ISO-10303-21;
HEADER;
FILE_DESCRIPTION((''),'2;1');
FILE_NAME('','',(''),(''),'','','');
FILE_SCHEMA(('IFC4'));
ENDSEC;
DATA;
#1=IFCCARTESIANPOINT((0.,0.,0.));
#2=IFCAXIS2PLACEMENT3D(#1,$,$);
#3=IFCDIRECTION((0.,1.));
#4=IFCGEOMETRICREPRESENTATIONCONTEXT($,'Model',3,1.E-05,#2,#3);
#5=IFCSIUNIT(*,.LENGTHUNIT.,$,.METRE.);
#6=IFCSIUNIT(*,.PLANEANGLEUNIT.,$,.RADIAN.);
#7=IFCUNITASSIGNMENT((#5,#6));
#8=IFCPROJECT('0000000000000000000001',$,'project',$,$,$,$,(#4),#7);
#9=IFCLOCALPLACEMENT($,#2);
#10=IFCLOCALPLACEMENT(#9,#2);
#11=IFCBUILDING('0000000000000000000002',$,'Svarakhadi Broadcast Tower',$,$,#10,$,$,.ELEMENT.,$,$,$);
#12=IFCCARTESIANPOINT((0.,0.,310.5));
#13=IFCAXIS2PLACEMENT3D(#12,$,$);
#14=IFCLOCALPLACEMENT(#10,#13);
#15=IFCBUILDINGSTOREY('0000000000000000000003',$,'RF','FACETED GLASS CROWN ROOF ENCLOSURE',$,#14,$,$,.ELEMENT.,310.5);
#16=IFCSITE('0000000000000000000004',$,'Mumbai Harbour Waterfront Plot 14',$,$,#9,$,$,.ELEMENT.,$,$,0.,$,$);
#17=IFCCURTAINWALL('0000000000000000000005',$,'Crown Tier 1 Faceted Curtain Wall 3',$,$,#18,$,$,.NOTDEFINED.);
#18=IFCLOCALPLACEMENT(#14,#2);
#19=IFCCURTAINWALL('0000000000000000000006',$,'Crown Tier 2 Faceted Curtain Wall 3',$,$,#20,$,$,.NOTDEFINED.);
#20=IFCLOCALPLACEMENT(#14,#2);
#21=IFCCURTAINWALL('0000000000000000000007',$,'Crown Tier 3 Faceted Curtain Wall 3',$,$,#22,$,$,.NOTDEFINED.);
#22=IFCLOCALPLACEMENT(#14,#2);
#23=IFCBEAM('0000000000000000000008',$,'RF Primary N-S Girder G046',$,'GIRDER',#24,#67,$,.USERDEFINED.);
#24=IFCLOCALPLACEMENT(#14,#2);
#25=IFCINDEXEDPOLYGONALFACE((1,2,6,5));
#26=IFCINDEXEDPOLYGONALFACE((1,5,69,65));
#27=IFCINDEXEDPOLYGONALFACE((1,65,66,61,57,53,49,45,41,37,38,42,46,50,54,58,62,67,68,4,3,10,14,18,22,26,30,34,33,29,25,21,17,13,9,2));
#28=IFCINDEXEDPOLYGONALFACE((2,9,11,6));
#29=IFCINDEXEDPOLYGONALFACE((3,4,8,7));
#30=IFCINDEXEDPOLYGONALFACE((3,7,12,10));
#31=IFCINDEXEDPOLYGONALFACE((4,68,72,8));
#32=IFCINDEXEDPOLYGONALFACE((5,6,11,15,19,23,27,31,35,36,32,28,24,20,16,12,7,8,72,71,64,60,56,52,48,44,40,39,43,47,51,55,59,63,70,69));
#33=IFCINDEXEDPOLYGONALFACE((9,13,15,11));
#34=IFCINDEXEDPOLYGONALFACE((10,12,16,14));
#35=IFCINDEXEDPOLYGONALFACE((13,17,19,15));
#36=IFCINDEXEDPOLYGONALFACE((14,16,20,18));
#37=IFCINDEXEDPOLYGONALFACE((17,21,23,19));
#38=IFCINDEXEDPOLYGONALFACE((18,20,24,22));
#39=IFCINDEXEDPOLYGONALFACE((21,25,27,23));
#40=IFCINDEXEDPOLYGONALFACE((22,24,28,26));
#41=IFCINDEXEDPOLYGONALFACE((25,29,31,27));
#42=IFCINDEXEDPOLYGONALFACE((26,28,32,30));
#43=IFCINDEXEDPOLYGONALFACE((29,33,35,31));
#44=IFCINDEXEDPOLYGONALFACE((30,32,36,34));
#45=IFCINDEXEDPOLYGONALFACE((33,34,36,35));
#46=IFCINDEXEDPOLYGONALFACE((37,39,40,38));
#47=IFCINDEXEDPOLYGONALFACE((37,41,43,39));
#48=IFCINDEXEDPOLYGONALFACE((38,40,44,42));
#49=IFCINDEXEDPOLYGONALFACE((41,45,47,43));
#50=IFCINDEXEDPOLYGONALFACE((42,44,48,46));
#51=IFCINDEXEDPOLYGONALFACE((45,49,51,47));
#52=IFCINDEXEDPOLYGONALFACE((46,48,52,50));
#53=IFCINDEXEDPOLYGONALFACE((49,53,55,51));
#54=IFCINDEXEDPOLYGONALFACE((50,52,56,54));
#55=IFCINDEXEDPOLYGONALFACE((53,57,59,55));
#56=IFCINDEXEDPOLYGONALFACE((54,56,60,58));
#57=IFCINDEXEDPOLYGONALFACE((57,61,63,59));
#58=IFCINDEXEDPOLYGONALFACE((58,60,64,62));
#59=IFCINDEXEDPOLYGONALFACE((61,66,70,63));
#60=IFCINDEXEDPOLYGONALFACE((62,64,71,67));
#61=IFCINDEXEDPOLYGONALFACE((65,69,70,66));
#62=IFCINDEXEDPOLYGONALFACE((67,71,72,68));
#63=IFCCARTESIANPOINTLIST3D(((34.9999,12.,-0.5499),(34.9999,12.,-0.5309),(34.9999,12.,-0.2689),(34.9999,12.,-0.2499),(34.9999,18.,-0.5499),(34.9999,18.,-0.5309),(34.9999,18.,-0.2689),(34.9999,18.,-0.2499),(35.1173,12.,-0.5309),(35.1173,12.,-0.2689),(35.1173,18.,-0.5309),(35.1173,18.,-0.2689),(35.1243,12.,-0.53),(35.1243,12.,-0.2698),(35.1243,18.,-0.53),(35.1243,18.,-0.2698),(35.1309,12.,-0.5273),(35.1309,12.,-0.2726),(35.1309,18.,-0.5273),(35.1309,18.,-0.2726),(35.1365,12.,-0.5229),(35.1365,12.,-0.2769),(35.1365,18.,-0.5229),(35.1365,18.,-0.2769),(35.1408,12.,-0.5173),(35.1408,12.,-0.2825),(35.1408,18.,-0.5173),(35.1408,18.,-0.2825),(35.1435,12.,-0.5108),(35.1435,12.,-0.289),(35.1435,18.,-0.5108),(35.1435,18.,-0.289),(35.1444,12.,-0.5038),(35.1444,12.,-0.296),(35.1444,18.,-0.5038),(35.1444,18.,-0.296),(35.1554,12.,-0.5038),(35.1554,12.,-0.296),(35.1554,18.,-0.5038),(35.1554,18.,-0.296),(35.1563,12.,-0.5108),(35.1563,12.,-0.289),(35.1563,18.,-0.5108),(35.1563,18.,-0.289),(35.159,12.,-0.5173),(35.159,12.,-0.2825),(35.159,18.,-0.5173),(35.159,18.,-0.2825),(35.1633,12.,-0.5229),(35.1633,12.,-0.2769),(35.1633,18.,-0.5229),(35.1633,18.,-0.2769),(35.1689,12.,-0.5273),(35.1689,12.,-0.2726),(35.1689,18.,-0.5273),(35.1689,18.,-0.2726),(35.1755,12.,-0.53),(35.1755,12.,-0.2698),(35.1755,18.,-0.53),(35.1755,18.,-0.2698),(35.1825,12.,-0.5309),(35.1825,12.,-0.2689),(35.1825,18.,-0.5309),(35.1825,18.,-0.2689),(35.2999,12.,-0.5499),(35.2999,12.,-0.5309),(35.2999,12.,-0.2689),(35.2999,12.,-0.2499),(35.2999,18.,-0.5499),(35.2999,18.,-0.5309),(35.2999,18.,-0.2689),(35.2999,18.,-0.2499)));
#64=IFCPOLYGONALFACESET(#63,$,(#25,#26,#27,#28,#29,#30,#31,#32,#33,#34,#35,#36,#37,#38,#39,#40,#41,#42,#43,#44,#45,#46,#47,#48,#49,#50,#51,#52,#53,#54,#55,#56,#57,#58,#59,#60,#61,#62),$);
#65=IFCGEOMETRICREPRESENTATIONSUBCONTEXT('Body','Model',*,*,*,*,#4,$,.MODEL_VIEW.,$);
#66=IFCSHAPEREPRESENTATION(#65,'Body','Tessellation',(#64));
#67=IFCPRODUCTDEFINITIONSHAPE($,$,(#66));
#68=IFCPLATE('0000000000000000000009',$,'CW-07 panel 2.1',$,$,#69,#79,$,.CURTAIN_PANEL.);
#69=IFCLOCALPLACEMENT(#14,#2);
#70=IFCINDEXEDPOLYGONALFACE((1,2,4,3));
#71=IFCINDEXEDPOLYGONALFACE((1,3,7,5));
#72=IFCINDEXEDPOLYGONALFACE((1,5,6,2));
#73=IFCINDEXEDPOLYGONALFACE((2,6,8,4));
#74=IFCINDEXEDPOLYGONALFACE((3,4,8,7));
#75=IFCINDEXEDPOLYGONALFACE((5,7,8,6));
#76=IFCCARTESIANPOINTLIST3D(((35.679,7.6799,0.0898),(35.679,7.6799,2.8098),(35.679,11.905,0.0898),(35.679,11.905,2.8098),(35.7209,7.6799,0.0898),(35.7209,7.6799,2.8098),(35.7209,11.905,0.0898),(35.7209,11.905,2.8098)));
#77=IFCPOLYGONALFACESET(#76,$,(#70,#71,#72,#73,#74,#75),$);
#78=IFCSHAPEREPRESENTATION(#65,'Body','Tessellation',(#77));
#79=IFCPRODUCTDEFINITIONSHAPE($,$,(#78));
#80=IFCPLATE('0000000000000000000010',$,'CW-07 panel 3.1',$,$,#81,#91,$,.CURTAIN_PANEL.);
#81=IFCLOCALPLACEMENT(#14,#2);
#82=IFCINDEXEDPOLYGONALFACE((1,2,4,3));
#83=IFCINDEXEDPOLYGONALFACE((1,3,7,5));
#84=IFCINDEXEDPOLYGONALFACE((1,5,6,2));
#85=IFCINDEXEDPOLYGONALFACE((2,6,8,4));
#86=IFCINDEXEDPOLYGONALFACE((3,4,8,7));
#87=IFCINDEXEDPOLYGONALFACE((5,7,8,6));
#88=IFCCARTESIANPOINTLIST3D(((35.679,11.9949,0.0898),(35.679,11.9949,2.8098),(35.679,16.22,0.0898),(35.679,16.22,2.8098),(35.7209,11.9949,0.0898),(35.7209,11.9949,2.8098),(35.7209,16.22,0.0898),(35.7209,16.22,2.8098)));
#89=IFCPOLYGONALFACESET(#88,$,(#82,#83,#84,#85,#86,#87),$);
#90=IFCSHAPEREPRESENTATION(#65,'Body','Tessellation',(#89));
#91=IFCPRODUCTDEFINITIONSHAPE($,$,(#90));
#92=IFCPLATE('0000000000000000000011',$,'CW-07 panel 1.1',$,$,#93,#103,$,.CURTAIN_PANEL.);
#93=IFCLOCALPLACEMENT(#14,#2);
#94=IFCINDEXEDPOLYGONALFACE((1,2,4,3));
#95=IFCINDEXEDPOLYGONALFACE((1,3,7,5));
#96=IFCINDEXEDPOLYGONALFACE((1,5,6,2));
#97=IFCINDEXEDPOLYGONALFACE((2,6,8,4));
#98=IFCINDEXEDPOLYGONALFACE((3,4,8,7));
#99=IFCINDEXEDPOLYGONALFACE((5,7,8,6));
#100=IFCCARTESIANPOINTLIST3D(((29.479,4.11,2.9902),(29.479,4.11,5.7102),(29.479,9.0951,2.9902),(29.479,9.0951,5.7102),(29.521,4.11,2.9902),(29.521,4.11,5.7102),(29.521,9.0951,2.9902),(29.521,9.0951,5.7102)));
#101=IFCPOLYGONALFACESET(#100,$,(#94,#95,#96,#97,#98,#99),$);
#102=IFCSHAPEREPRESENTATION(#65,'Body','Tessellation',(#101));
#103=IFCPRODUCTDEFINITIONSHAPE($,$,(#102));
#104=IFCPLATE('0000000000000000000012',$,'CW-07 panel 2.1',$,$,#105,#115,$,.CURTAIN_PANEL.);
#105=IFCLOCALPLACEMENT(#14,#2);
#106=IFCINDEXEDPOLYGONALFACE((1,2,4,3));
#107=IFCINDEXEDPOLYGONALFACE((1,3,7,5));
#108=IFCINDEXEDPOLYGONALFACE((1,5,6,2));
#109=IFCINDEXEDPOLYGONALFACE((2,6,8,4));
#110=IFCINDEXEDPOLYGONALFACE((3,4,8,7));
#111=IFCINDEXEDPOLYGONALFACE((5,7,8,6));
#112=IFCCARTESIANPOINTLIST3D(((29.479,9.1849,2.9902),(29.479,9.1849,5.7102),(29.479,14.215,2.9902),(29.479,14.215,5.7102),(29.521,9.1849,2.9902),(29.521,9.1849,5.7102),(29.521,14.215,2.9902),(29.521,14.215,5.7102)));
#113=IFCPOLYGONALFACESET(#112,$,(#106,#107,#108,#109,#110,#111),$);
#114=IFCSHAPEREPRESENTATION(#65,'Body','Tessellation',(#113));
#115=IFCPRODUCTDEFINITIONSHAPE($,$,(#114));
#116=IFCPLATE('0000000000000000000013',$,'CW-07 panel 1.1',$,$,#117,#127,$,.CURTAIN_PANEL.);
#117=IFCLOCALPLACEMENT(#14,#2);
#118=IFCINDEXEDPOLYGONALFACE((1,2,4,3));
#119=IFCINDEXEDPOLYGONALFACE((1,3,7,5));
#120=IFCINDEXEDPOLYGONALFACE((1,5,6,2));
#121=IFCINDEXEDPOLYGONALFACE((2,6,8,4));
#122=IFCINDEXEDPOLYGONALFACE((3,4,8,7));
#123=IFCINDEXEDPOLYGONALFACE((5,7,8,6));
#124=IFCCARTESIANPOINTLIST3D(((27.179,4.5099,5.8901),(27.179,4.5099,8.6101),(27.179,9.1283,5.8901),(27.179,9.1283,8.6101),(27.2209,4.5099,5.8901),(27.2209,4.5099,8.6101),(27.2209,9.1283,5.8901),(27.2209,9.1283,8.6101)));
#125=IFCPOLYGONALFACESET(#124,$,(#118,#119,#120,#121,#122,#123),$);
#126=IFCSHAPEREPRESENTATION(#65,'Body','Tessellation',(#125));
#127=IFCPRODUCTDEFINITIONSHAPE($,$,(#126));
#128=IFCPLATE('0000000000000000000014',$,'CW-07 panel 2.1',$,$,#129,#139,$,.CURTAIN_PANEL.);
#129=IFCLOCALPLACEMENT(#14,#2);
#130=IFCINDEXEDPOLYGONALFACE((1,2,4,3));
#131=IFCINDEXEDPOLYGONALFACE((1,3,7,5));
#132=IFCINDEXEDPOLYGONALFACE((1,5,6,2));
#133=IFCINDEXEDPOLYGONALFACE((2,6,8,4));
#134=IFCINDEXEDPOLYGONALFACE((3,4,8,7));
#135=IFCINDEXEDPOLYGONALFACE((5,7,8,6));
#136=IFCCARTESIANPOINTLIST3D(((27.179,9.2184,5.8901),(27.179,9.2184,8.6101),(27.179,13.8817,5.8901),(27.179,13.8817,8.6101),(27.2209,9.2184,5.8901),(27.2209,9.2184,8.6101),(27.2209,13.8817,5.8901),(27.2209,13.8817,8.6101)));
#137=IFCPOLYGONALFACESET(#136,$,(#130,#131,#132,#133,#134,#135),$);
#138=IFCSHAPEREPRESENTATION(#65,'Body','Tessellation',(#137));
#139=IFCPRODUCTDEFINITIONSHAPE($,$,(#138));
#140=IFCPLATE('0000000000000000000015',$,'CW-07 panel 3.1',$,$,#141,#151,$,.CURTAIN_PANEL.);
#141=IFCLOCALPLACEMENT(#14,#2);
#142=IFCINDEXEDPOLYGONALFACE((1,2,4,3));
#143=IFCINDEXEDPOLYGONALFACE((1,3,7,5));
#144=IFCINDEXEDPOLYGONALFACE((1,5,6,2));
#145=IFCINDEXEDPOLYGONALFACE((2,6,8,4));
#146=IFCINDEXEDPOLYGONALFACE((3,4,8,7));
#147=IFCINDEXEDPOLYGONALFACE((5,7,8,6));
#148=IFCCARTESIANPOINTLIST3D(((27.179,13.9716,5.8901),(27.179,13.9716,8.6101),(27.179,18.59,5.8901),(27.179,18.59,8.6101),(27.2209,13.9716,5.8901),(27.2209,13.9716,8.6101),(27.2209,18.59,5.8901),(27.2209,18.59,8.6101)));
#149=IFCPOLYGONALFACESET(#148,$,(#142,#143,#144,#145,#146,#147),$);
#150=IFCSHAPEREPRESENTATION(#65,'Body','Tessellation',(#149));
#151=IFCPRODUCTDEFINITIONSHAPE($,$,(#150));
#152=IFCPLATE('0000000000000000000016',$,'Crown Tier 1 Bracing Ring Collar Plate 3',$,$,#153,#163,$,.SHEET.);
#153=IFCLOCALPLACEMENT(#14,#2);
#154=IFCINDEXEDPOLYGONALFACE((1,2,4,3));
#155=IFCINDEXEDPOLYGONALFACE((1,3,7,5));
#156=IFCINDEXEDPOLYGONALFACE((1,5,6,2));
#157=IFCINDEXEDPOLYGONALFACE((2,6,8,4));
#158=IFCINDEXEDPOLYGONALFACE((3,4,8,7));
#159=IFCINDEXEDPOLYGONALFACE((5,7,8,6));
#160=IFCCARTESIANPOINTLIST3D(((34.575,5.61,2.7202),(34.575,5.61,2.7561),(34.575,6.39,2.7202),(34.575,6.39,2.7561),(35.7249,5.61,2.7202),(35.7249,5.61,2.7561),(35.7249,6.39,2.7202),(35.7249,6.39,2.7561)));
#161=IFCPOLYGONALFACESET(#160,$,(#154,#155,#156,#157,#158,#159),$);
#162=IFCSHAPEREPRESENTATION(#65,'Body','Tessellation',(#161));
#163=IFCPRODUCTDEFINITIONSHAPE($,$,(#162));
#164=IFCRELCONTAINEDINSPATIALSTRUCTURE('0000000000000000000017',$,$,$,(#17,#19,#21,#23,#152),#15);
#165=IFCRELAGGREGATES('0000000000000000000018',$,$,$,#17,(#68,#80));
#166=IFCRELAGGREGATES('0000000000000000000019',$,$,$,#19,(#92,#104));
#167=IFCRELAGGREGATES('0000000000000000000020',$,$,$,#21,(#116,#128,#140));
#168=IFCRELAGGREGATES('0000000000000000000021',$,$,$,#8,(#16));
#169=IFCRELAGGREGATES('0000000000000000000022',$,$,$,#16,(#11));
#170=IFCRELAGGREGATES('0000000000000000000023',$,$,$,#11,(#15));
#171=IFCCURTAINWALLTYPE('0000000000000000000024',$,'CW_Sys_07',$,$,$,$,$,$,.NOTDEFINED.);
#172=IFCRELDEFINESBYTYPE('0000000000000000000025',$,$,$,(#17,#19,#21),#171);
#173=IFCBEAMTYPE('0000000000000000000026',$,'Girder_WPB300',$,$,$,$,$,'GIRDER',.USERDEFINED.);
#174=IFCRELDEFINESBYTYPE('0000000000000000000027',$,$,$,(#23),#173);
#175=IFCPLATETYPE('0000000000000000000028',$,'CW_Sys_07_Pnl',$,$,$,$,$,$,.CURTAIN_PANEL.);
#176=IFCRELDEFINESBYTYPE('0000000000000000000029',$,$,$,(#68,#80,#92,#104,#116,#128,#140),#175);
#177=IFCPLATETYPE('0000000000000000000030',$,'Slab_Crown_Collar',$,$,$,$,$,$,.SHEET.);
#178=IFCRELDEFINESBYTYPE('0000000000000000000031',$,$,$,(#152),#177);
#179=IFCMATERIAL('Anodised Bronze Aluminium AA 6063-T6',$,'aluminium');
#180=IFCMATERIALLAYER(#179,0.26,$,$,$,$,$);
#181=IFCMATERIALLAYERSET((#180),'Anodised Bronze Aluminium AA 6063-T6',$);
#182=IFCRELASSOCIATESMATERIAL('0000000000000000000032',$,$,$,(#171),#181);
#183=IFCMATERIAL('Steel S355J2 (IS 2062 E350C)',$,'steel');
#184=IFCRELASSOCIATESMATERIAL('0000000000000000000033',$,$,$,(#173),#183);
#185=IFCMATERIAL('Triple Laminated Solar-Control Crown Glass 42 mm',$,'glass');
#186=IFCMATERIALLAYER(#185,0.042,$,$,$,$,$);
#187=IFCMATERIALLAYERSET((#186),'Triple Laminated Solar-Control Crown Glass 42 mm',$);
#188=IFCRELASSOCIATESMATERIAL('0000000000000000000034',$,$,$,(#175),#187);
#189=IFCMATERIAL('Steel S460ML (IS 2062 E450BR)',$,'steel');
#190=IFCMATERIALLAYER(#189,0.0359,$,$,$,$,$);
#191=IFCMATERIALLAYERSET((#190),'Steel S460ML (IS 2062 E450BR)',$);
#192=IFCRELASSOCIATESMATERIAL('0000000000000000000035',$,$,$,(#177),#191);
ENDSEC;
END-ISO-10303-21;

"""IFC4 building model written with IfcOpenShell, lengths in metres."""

from ifc_helpers import new_model, si_unit, direction, frame, origin, origin_2d, place, context, subcontext, project, spatial, rectangle, i_section, extrude, material, layer, layer_set, material_profile, profile_set, type_object, element, aggregate, save


model = new_model("IFC4")

# Units and contexts
model_context = context("Model", 3, precision=1e-05, world=origin(), true_north=direction((0.0, 1.0)))
body_context = subcontext(model_context, "Body", "Model", "MODEL_VIEW")
ifc_project = project(units=[si_unit("LENGTHUNIT", "METRE"), si_unit("PLANEANGLEUNIT", "RADIAN")], contexts=[model_context])

# Site, building, storey
site_placement = place(None, origin())
site = spatial("IfcSite", under=ifc_project, at=site_placement, Name="Mumbai Harbour Waterfront Plot 14", CompositionType="ELEMENT", RefElevation=0.0)
building_placement = place(site_placement, origin())
building = spatial("IfcBuilding", under=site, at=building_placement, Name="Svarakhadi Broadcast Tower", CompositionType="ELEMENT")
storey_placement = place(building_placement, frame((0.0, 0.0, 310.5)))
storey = spatial("IfcBuildingStorey", under=building, at=storey_placement, Name="RF", Description="FACETED GLASS CROWN ROOF ENCLOSURE", CompositionType="ELEMENT", Elevation=310.5)

# Shared definitions
ifc_material_1 = material(Name="Steel S460ML (IS 2062 E450BR)", Category="steel")

# Curtain walls
ifc_material_2 = material(Name="Anodised Bronze Aluminium AA 6063-T6", Category="aluminium")
ifc_layer_1 = layer(ifc_material_2, 0.26)
ifc_layer_set_1 = layer_set([ifc_layer_1], Name="Anodised Bronze Aluminium AA 6063-T6")
curtain_wall_type = type_object("IfcCurtainWallType", Name="CW_Sys_07", PredefinedType="NOTDEFINED", material=ifc_layer_set_1)
curtain_wall_1_placement = place(storey_placement, origin())
curtain_wall_1 = element("IfcCurtainWall", 1, at=curtain_wall_1_placement, inside=storey, type_object=curtain_wall_type, Name="Crown Tier 1 Faceted Curtain Wall 3", PredefinedType="NOTDEFINED")
curtain_wall_2_placement = place(storey_placement, origin())
curtain_wall_2 = element("IfcCurtainWall", 2, at=curtain_wall_2_placement, inside=storey, type_object=curtain_wall_type, Name="Crown Tier 2 Faceted Curtain Wall 3", PredefinedType="NOTDEFINED")
curtain_wall_3_placement = place(storey_placement, origin())
curtain_wall_3 = element("IfcCurtainWall", 3, at=curtain_wall_3_placement, inside=storey, type_object=curtain_wall_type, Name="Crown Tier 3 Faceted Curtain Wall 3", PredefinedType="NOTDEFINED")

# Beam
ifc_material_3 = material(Name="Steel S355J2 (IS 2062 E350C)", Category="steel")
ifc_material_profile_1 = material_profile(ifc_material_3, i_section(OverallWidth=0.3, OverallDepth=0.3, WebThickness=0.011, FlangeThickness=0.019, FilletRadius=0.0271, at=origin_2d()), Name="WPB 300x300x117")
ifc_profile_set_1 = profile_set([ifc_material_profile_1], Name="Steel S355J2 (IS 2062 E350C)")
beam_type_1 = type_object("IfcBeamType", Name="Girder_WPB300", ElementType="GIRDER", PredefinedType="USERDEFINED", material=ifc_profile_set_1)
for number, where, z_axis, x_axis, name in (
    (4, (35.1499, 12.0, -0.3999), (0.0, 1.0, 0.0), (-1.0, 0.0, 0.0), "RF Primary N-S Girder G046"),
):
    element("IfcBeam", number, at=place(storey_placement, frame(where, z_axis=z_axis, x_axis=x_axis)), inside=storey, type_object=beam_type_1, Name=name, ObjectType="GIRDER", PredefinedType="USERDEFINED", context=body_context, shape_type="SweptSolid", body=[
        extrude(i_section(OverallWidth=0.3, OverallDepth=0.3, WebThickness=0.011, FlangeThickness=0.019, FilletRadius=0.0271, at=origin_2d()), origin(), (0.0, 0.0, 1.0), 6.0),
    ])

# Plates
ifc_material_4 = material(Name="Triple Laminated Solar-Control Crown Glass 42 mm", Category="glass")
ifc_layer_2 = layer(ifc_material_4, 0.042)
ifc_layer_set_2 = layer_set([ifc_layer_2], Name="Triple Laminated Solar-Control Crown Glass 42 mm")
plate_type_1 = type_object("IfcPlateType", Name="CW_Sys_07_Pnl", PredefinedType="CURTAIN_PANEL", material=ifc_layer_set_2)
plate_1_placement = place(storey_placement, frame((35.7, 9.7925, 0.0898), z_axis=(0.0, 0.0, 1.0), x_axis=(0.0, 1.0, 0.0)))
plate_1 = element("IfcPlate", 5, at=plate_1_placement, type_object=plate_type_1, Name="CW-07 panel 2.1", PredefinedType="CURTAIN_PANEL", context=body_context, shape_type="SweptSolid", body=[
    extrude(rectangle(XDim=4.2251, YDim=0.042, at=origin_2d()), origin(), (0.0, 0.0, 1.0), 2.72),
])
plate_2_placement = place(storey_placement, frame((35.7, 14.1074, 0.0898), z_axis=(0.0, 0.0, 1.0), x_axis=(0.0, 1.0, 0.0)))
plate_2 = element("IfcPlate", 6, at=plate_2_placement, type_object=plate_type_1, Name="CW-07 panel 3.1", PredefinedType="CURTAIN_PANEL", context=body_context, shape_type="SweptSolid", body=[
    extrude(rectangle(XDim=4.2251, YDim=0.042, at=origin_2d()), origin(), (0.0, 0.0, 1.0), 2.72),
])
aggregate(curtain_wall_1, [plate_1, plate_2])
plate_3_placement = place(storey_placement, frame((29.5, 6.6025, 2.9902), z_axis=(0.0, 0.0, 1.0), x_axis=(0.0, 1.0, 0.0)))
plate_3 = element("IfcPlate", 7, at=plate_3_placement, type_object=plate_type_1, Name="CW-07 panel 1.1", PredefinedType="CURTAIN_PANEL", context=body_context, shape_type="SweptSolid", body=[
    extrude(rectangle(XDim=4.9851, YDim=0.042, at=origin_2d()), origin(), (0.0, 0.0, 1.0), 2.72),
])
plate_4_placement = place(storey_placement, frame((29.5, 11.7, 2.9902), z_axis=(0.0, 0.0, 1.0), x_axis=(0.0, 1.0, 0.0)))
plate_4 = element("IfcPlate", 8, at=plate_4_placement, type_object=plate_type_1, Name="CW-07 panel 2.1", PredefinedType="CURTAIN_PANEL", context=body_context, shape_type="SweptSolid", body=[
    extrude(rectangle(XDim=5.03, YDim=0.042, at=origin_2d()), origin(), (0.0, 0.0, 1.0), 2.72),
])
aggregate(curtain_wall_2, [plate_3, plate_4])
plate_5_placement = place(storey_placement, frame((27.2, 6.8191, 5.8901), z_axis=(0.0, 0.0, 1.0), x_axis=(0.0, 1.0, 0.0)))
plate_5 = element("IfcPlate", 9, at=plate_5_placement, type_object=plate_type_1, Name="CW-07 panel 1.1", PredefinedType="CURTAIN_PANEL", context=body_context, shape_type="SweptSolid", body=[
    extrude(rectangle(XDim=4.6184, YDim=0.042, at=origin_2d()), origin(), (0.0, 0.0, 1.0), 2.72),
])
plate_6_placement = place(storey_placement, frame((27.2, 11.55, 5.8901), z_axis=(0.0, 0.0, 1.0), x_axis=(0.0, 1.0, 0.0)))
plate_6 = element("IfcPlate", 10, at=plate_6_placement, type_object=plate_type_1, Name="CW-07 panel 2.1", PredefinedType="CURTAIN_PANEL", context=body_context, shape_type="SweptSolid", body=[
    extrude(rectangle(XDim=4.6633, YDim=0.042, at=origin_2d()), origin(), (0.0, 0.0, 1.0), 2.72),
])
plate_7_placement = place(storey_placement, frame((27.2, 16.2808, 5.8901), z_axis=(0.0, 0.0, 1.0), x_axis=(0.0, 1.0, 0.0)))
plate_7 = element("IfcPlate", 11, at=plate_7_placement, type_object=plate_type_1, Name="CW-07 panel 3.1", PredefinedType="CURTAIN_PANEL", context=body_context, shape_type="SweptSolid", body=[
    extrude(rectangle(XDim=4.6184, YDim=0.042, at=origin_2d()), origin(), (0.0, 0.0, 1.0), 2.72),
])
aggregate(curtain_wall_3, [plate_5, plate_6, plate_7])
ifc_layer_3 = layer(ifc_material_1, 0.0359)
ifc_layer_set_3 = layer_set([ifc_layer_3], Name="Steel S460ML (IS 2062 E450BR)")
plate_type_2 = type_object("IfcPlateType", Name="Slab_Crown_Collar", PredefinedType="SHEET", material=ifc_layer_set_3)
plate_8_placement = place(storey_placement, frame((35.1499, 6.0, 2.7202), z_axis=(0.0, 0.0, 1.0), x_axis=(1.0, 0.0, 0.0)))
element("IfcPlate", 12, at=plate_8_placement, inside=storey, type_object=plate_type_2, Name="Crown Tier 1 Bracing Ring Collar Plate 3", PredefinedType="SHEET", context=body_context, shape_type="SweptSolid", body=[
    extrude(rectangle(XDim=1.1499, YDim=0.78, at=origin_2d()), origin(), (0.0, 0.0, 1.0), 0.0359),
])

save(model, "model.ifc")
